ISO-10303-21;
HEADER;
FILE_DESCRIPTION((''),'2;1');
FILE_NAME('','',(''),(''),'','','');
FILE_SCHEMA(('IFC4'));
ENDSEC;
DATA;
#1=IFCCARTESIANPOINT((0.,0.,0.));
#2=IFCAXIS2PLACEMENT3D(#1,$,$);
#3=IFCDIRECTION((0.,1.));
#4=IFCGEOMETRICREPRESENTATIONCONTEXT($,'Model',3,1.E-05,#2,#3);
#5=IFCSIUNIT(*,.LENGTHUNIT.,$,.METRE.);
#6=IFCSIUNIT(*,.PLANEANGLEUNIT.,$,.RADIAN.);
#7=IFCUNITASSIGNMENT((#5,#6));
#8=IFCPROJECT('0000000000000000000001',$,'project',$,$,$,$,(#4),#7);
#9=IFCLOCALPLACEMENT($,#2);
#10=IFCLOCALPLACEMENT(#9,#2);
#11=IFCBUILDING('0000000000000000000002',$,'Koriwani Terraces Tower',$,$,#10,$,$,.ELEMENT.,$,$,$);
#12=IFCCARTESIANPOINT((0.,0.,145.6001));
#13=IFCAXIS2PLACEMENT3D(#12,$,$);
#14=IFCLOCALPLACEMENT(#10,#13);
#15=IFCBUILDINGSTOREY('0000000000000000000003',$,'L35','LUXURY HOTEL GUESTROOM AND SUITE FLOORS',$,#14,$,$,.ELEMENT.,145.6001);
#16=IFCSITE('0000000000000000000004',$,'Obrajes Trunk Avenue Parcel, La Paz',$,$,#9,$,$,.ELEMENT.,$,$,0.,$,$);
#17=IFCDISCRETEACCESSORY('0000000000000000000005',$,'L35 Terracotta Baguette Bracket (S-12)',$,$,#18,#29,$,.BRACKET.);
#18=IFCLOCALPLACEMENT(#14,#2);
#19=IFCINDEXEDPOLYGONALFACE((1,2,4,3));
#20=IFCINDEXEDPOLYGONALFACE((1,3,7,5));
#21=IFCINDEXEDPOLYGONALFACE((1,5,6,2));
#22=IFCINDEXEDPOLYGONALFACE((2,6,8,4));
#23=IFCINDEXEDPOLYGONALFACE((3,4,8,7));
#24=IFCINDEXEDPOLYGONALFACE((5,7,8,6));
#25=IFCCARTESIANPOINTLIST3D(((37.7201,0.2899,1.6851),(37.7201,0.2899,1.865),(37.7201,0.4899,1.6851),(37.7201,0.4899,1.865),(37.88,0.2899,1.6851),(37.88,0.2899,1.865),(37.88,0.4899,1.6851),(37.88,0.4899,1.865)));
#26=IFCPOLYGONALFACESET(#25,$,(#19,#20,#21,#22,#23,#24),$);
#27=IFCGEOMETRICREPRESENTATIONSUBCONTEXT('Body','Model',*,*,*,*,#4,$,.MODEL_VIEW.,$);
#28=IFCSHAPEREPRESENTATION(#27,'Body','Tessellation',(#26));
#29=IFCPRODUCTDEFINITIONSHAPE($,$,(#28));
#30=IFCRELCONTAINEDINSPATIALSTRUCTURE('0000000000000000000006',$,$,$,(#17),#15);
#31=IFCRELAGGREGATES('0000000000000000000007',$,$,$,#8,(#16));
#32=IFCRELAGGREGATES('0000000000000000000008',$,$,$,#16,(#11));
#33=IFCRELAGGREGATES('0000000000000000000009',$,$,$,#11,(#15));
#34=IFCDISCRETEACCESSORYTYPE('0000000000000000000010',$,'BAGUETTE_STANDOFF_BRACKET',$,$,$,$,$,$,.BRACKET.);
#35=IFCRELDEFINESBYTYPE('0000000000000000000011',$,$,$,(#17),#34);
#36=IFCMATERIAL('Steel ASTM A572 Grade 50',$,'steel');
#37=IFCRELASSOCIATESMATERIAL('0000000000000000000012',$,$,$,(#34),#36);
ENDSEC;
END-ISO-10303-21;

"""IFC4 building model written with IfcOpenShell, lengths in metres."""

from ifc_helpers import new_model, si_unit, direction, frame, origin, origin_2d, place, context, subcontext, project, spatial, rectangle, extrude, material, type_object, element, save


model = new_model("IFC4")

# Units and contexts
model_context = context("Model", 3, precision=1e-05, world=origin(), true_north=direction((0.0, 1.0)))
body_context = subcontext(model_context, "Body", "Model", "MODEL_VIEW")
ifc_project = project(units=[si_unit("LENGTHUNIT", "METRE"), si_unit("PLANEANGLEUNIT", "RADIAN")], contexts=[model_context])

# Site, building, storey
site_placement = place(None, origin())
site = spatial("IfcSite", under=ifc_project, at=site_placement, Name="Obrajes Trunk Avenue Parcel, La Paz", CompositionType="ELEMENT", RefElevation=0.0)
building_placement = place(site_placement, origin())
building = spatial("IfcBuilding", under=site, at=building_placement, Name="Koriwani Terraces Tower", CompositionType="ELEMENT")
storey_placement = place(building_placement, frame((0.0, 0.0, 145.6001)))
storey = spatial("IfcBuildingStorey", under=building, at=storey_placement, Name="L35", Description="LUXURY HOTEL GUESTROOM AND SUITE FLOORS", CompositionType="ELEMENT", Elevation=145.6001)

# Shared definitions
ifc_material_1 = material(Name="Steel ASTM A572 Grade 50", Category="steel")

# Discrete accessory
discrete_accessory_type = type_object("IfcDiscreteAccessoryType", Name="BAGUETTE_STANDOFF_BRACKET", PredefinedType="BRACKET", material=ifc_material_1)
discrete_accessory_placement = place(storey_placement, frame((37.8, 0.3899, 1.6851), z_axis=(0.0, 0.0, 1.0), x_axis=(-1.0, 0.0, 0.0)))
element("IfcDiscreteAccessory", 1, at=discrete_accessory_placement, inside=storey, type_object=discrete_accessory_type, Name="L35 Terracotta Baguette Bracket (S-12)", PredefinedType="BRACKET", context=body_context, shape_type="SweptSolid", body=[
    extrude(rectangle(XDim=0.1599, YDim=0.2, at=origin_2d()), origin(), (0.0, 0.0, 1.0), 0.1799),
])

save(model, "model.ifc")
